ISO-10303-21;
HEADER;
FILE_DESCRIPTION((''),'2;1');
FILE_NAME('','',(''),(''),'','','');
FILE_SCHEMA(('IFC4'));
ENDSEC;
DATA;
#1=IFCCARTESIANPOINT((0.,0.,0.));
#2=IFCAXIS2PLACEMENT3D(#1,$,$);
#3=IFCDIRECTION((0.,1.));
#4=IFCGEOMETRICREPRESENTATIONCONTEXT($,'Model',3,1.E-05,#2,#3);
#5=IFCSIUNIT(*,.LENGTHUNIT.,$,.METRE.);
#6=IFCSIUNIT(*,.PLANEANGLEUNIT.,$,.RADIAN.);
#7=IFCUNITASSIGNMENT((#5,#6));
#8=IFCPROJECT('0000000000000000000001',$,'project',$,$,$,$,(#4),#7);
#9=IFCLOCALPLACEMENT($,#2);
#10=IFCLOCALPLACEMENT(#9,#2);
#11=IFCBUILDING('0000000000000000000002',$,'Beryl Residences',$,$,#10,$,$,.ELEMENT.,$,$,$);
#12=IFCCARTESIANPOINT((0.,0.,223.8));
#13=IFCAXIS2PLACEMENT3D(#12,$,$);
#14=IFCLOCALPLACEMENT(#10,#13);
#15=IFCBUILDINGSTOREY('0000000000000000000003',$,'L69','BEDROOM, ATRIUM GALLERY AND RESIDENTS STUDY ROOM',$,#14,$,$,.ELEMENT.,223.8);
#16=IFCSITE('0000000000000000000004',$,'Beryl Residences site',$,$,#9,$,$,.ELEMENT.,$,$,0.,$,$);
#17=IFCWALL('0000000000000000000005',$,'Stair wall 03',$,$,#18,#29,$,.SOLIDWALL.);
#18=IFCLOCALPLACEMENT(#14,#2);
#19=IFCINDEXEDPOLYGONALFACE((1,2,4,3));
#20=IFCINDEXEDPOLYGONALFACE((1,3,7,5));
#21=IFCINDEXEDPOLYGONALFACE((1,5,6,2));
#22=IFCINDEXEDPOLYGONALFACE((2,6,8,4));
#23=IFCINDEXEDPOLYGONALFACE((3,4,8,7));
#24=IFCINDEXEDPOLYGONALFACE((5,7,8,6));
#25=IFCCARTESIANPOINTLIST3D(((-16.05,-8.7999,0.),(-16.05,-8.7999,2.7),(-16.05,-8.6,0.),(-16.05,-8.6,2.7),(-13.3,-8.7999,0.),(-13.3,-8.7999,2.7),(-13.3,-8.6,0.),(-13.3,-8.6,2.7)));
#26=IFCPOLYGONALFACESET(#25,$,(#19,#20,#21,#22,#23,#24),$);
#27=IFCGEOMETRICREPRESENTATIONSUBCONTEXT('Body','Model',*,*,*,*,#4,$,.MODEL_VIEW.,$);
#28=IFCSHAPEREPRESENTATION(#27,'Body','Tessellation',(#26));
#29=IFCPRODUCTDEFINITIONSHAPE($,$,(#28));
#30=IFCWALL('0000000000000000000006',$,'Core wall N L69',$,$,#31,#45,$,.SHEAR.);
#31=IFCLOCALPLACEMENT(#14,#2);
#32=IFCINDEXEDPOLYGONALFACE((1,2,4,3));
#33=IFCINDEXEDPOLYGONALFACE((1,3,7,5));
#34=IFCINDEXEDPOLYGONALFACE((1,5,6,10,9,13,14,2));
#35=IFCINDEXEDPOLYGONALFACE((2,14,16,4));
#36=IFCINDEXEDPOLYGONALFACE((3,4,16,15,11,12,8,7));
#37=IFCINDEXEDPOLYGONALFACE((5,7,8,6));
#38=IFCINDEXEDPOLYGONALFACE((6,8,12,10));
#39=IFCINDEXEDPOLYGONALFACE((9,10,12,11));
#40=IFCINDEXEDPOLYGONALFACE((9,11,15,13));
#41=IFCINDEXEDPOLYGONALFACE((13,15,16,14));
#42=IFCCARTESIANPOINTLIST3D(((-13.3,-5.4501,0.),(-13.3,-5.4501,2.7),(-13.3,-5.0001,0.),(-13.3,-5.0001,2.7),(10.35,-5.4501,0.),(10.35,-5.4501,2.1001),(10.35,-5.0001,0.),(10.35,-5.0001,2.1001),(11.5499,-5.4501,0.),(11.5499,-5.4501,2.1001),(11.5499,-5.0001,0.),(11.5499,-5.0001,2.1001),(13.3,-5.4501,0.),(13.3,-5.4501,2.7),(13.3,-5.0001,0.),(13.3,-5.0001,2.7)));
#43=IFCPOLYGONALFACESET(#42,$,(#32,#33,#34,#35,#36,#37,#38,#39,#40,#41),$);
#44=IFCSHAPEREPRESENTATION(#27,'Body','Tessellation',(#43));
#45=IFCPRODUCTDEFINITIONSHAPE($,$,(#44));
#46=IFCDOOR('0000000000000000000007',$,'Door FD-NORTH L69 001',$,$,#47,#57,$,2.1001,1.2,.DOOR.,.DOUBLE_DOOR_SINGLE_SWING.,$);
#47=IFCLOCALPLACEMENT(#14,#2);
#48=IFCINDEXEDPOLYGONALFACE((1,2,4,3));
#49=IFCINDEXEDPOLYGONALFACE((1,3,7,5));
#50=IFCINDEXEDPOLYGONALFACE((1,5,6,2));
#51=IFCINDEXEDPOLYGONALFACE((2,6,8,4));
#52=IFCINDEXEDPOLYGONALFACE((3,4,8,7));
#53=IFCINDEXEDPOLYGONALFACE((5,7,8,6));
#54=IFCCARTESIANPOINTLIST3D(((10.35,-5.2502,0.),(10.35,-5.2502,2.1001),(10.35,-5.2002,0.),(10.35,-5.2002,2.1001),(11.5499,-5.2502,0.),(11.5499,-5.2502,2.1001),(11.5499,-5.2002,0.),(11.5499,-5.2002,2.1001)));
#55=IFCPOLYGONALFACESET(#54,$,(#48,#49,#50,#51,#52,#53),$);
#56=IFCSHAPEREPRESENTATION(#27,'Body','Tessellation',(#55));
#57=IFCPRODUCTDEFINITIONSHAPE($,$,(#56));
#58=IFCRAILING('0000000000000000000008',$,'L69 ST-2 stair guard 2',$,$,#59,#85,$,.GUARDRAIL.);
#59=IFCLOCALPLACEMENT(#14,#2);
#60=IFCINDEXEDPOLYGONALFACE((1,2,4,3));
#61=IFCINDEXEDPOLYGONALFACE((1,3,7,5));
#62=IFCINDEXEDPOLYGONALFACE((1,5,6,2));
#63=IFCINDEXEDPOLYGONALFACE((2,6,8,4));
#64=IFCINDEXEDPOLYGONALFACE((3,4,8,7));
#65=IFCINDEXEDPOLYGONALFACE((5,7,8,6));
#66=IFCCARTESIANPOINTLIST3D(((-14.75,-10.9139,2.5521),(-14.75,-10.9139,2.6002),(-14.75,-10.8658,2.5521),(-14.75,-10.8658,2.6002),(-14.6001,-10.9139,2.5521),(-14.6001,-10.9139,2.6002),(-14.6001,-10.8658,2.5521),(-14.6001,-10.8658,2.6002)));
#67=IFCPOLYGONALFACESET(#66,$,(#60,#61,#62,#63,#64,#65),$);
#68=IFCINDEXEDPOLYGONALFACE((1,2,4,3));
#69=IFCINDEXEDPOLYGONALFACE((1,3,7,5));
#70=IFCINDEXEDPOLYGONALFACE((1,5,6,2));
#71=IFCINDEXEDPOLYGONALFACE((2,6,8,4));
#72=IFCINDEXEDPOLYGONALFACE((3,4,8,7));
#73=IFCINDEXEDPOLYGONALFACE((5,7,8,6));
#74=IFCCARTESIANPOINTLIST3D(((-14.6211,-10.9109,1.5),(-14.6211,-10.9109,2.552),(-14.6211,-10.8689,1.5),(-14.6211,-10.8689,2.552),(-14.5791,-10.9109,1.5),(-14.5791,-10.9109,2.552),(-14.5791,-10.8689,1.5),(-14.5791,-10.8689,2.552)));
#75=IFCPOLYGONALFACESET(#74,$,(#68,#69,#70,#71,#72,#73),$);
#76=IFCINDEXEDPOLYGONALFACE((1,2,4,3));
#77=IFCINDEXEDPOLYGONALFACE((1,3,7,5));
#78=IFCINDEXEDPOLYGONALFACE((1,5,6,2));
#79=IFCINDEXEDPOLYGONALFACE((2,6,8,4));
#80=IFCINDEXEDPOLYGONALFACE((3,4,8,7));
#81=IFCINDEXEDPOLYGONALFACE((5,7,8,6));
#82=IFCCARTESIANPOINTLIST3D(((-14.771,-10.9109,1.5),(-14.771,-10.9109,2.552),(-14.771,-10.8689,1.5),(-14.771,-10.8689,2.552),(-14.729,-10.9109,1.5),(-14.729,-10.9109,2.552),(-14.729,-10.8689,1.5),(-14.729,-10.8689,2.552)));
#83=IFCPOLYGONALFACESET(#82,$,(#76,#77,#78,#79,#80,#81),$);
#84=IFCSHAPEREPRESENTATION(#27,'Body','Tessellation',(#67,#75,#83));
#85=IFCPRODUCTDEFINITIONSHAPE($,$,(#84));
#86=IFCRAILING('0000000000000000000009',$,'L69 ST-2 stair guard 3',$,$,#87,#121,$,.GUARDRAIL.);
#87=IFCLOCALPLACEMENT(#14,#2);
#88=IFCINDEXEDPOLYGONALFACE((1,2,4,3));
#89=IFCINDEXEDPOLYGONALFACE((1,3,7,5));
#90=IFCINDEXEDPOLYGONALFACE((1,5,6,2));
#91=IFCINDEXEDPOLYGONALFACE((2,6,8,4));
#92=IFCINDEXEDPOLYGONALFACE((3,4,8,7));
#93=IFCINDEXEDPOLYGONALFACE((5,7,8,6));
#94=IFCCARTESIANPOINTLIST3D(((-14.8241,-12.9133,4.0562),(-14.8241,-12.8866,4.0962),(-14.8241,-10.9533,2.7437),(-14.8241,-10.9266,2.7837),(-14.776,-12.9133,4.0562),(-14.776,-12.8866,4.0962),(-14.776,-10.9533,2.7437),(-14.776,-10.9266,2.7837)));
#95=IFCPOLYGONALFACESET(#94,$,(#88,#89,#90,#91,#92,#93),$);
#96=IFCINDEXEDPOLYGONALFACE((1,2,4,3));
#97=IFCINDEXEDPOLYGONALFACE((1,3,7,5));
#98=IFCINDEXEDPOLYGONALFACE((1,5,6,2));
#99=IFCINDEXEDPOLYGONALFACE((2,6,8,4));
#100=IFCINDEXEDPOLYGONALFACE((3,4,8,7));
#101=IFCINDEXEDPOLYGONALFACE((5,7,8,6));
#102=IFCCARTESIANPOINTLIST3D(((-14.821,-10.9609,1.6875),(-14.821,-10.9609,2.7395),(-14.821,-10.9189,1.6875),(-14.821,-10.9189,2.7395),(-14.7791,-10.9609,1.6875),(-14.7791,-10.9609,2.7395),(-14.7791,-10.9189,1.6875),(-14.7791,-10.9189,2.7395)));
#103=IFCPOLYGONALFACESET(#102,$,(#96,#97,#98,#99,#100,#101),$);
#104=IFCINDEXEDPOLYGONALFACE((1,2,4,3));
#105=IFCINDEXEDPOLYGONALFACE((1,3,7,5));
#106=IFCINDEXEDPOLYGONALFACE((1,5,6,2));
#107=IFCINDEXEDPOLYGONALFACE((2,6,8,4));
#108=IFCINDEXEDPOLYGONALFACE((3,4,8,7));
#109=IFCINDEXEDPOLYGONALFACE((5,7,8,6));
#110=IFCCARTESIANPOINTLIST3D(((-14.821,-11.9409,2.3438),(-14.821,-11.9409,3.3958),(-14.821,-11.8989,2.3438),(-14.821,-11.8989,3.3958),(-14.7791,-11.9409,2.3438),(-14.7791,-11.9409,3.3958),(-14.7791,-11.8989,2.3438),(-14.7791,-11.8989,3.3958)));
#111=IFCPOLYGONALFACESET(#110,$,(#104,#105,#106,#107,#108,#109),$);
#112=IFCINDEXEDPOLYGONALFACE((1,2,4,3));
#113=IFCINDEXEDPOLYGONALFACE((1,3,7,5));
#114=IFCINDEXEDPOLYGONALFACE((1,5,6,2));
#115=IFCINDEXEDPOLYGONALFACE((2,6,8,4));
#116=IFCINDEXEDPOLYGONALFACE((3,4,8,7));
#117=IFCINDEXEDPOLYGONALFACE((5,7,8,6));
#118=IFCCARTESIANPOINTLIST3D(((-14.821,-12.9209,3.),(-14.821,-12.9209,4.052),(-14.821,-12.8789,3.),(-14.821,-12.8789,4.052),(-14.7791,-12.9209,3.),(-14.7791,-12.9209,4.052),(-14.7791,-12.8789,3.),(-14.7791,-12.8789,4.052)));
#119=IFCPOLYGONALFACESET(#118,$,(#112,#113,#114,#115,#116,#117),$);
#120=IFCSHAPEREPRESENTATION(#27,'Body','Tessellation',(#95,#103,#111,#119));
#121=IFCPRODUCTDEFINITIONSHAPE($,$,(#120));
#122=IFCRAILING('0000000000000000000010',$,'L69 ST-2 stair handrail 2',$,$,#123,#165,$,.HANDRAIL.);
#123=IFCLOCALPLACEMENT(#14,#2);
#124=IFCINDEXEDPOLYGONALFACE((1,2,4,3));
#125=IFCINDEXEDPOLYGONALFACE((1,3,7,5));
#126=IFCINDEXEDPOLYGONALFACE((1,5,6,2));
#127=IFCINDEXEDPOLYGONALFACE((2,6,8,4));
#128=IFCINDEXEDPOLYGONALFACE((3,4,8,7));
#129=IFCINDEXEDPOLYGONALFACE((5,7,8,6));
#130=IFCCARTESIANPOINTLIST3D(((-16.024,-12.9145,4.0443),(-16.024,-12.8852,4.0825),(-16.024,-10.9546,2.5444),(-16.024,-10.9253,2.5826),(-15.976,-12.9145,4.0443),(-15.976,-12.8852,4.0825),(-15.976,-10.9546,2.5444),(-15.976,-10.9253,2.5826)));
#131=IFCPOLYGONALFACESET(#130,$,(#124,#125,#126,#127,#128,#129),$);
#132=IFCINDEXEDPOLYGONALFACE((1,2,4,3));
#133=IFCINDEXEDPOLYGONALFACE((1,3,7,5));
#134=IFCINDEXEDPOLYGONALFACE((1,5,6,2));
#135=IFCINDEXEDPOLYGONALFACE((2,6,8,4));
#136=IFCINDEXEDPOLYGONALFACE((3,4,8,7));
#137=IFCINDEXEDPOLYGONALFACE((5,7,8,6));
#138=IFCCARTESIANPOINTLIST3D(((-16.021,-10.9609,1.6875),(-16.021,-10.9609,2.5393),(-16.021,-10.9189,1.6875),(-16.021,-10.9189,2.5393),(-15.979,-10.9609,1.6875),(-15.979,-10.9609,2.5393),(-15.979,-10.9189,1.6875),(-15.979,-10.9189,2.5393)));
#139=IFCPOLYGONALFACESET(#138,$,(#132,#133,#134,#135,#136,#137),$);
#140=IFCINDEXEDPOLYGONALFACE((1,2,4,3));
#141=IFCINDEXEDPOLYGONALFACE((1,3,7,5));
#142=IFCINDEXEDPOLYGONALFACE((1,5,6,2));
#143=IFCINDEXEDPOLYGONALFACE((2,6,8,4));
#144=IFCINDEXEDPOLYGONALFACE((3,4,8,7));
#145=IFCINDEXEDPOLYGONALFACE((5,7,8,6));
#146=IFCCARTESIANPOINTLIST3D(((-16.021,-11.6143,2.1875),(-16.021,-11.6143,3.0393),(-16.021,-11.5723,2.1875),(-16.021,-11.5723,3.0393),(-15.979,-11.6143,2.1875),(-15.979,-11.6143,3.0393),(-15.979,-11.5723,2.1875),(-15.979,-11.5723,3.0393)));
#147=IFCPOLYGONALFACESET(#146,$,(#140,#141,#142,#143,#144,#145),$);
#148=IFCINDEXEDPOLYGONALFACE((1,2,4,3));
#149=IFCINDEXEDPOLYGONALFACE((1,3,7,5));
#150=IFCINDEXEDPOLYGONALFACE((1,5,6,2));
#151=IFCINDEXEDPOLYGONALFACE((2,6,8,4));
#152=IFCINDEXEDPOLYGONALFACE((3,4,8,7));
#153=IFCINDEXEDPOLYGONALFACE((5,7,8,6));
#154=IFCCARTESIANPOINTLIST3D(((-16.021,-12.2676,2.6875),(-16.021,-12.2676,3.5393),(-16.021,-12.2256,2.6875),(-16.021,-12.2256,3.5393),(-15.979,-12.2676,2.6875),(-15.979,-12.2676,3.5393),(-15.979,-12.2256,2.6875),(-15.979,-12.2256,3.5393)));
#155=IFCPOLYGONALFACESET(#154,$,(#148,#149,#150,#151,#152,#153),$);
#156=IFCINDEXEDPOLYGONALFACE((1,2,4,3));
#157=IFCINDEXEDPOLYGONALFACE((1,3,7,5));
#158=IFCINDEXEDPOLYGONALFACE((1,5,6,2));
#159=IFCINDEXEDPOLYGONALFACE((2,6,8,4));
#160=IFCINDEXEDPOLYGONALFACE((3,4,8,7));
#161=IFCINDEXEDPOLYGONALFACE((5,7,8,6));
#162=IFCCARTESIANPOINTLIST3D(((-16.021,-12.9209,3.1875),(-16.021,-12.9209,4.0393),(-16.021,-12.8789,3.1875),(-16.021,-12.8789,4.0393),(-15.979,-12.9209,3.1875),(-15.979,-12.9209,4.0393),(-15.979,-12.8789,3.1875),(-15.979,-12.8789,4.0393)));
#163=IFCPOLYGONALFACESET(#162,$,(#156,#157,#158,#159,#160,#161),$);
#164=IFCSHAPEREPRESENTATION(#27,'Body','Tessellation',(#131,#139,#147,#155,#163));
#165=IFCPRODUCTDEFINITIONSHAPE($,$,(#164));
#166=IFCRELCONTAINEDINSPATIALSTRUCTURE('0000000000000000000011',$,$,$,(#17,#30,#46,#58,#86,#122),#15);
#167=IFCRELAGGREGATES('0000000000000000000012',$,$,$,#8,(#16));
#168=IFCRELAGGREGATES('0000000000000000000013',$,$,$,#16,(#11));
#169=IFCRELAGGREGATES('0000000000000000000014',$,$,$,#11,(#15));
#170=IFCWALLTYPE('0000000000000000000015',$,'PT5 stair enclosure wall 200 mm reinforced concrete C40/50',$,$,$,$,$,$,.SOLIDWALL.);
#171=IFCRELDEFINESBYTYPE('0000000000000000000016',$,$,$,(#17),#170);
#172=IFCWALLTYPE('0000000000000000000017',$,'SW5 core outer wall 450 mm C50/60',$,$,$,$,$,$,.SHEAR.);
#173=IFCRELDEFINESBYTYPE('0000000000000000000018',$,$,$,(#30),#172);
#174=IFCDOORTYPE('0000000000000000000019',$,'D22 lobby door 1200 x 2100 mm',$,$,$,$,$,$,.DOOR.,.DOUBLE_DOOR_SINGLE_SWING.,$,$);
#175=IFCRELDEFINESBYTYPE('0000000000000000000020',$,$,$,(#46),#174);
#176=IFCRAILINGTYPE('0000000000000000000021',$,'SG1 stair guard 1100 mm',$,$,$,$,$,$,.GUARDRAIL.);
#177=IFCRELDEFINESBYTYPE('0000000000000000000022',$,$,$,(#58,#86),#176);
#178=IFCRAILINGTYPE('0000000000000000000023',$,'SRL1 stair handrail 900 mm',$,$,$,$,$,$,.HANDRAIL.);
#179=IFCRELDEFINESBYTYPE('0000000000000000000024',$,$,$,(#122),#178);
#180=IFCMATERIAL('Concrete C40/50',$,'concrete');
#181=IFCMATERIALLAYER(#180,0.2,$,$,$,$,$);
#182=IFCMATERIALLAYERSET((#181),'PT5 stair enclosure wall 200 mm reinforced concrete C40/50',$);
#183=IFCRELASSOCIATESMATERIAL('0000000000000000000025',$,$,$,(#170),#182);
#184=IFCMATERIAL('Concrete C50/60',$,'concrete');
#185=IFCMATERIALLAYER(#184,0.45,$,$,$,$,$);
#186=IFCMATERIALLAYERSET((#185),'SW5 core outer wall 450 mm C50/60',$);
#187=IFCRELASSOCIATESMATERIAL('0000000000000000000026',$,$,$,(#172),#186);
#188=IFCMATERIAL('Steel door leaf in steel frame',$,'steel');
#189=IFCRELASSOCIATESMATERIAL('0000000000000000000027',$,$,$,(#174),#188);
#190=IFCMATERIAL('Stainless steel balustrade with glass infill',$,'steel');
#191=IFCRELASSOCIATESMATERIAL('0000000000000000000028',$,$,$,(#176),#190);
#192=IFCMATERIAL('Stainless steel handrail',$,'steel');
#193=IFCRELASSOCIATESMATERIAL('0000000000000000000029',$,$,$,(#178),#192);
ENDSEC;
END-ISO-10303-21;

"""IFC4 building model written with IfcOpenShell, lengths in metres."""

from ifc_helpers import new_model, si_unit, direction, frame, frame_2d, origin, origin_2d, place, context, subcontext, project, spatial, rectangle, extrude, material, layer, layer_set, type_object, element, fill, save


model = new_model("IFC4")

# Units and contexts
model_context = context("Model", 3, precision=1e-05, world=origin(), true_north=direction((0.0, 1.0)))
body_context = subcontext(model_context, "Body", "Model", "MODEL_VIEW")
ifc_project = project(units=[si_unit("LENGTHUNIT", "METRE"), si_unit("PLANEANGLEUNIT", "RADIAN")], contexts=[model_context])

# Site, building, storey
site_placement = place(None, origin())
site = spatial("IfcSite", under=ifc_project, at=site_placement, Name="Beryl Residences site", CompositionType="ELEMENT", RefElevation=0.0)
building_placement = place(site_placement, origin())
building = spatial("IfcBuilding", under=site, at=building_placement, Name="Beryl Residences", CompositionType="ELEMENT")
storey_placement = place(building_placement, frame((0.0, 0.0, 223.8)))
storey = spatial("IfcBuildingStorey", under=building, at=storey_placement, Name="L69", Description="BEDROOM, ATRIUM GALLERY AND RESIDENTS STUDY ROOM", CompositionType="ELEMENT", Elevation=223.8)

# Wall
ifc_material_1 = material(Name="Concrete C40/50", Category="concrete")
ifc_layer_1 = layer(ifc_material_1, 0.2)
ifc_layer_set_1 = layer_set([ifc_layer_1], Name="PT5 stair enclosure wall 200 mm reinforced concrete C40/50")
wall_type_1 = type_object("IfcWallType", Name="PT5 stair enclosure wall 200 mm reinforced concrete C40/50", PredefinedType="SOLIDWALL", material=ifc_layer_set_1)
wall_1_placement = place(storey_placement, frame((-16.05, -8.7, 0.0), z_axis=(0.0, 0.0, 1.0), x_axis=(1.0, 0.0, 0.0)))
element("IfcWall", 1, at=wall_1_placement, inside=storey, type_object=wall_type_1, Name="Stair wall 03", PredefinedType="SOLIDWALL", context=body_context, shape_type="SweptSolid", body=[
    extrude(rectangle(XDim=2.75, YDim=0.2, at=frame_2d((1.375, 0.0))), origin(), (0.0, 0.0, 1.0), 2.7),
])

# Wall, opening, door
ifc_material_2 = material(Name="Concrete C50/60", Category="concrete")
ifc_layer_2 = layer(ifc_material_2, 0.45)
ifc_layer_set_2 = layer_set([ifc_layer_2], Name="SW5 core outer wall 450 mm C50/60")
wall_type_2 = type_object("IfcWallType", Name="SW5 core outer wall 450 mm C50/60", PredefinedType="SHEAR", material=ifc_layer_set_2)
wall_2_placement = place(storey_placement, frame((-13.3, -5.2251, 0.0), z_axis=(0.0, 0.0, 1.0), x_axis=(1.0, 0.0, 0.0)))
wall_2 = element("IfcWall", 2, at=wall_2_placement, inside=storey, type_object=wall_type_2, Name="Core wall N L69", PredefinedType="SHEAR", context=body_context, shape_type="SweptSolid", body=[
    extrude(rectangle(XDim=26.6001, YDim=0.45, at=frame_2d((13.3, 0.0))), origin(), (0.0, 0.0, 1.0), 2.7),
])
opening_1_placement = place(wall_2_placement, frame((23.6499, 0.0, 0.0)))
opening_1 = element("IfcOpeningElement", 3, at=opening_1_placement, cuts=wall_2, PredefinedType="OPENING", context=body_context, shape_type="SweptSolid", body=[
    extrude(rectangle(XDim=1.2, YDim=2.1001, at=frame_2d((0.6001, 1.05))), frame((0.0, 0.2349, 0.0), z_axis=(0.0, -1.0, 0.0), x_axis=(1.0, 0.0, 0.0)), (0.0, 0.0, 1.0), 0.47),
])
ifc_material_3 = material(Name="Steel door leaf in steel frame", Category="steel")
door_type_1 = type_object("IfcDoorType", Name="D22 lobby door 1200 x 2100 mm", OperationType="DOUBLE_DOOR_SINGLE_SWING", PredefinedType="DOOR", material=ifc_material_3)
door_1_placement = place(opening_1_placement, origin())
door_1 = element("IfcDoor", 4, at=door_1_placement, inside=storey, type_object=door_type_1, Name="Door FD-NORTH L69 001", OperationType="DOUBLE_DOOR_SINGLE_SWING", OverallHeight=2.1001, OverallWidth=1.2, PredefinedType="DOOR", context=body_context, shape_type="SweptSolid", body=[
    extrude(rectangle(XDim=1.2, YDim=2.1001, at=frame_2d((0.6001, 1.05))), frame((0.0, 0.0249, 0.0), z_axis=(0.0, -1.0, 0.0), x_axis=(1.0, 0.0, 0.0)), (0.0, 0.0, 1.0), 0.05),
])
fill(opening_1, door_1)

# Railings
ifc_material_4 = material(Name="Stainless steel balustrade with glass infill", Category="steel")
railing_type_1 = type_object("IfcRailingType", Name="SG1 stair guard 1100 mm", PredefinedType="GUARDRAIL", material=ifc_material_4)
railing_1_placement = place(storey_placement, frame((-14.6001, -10.8899, 1.5)))
element("IfcRailing", 5, at=railing_1_placement, inside=storey, type_object=railing_type_1, Name="L69 ST-2 stair guard 2", PredefinedType="GUARDRAIL", context=body_context, shape_type="SweptSolid", body=[
    extrude(rectangle(XDim=0.0481, YDim=0.0481, at=origin_2d()), frame((0.0, 0.0, 1.0762), z_axis=(-1.0, 0.0, 0.0), x_axis=(0.0, -1.0, 0.0)), (0.0, 0.0, 1.0), 0.1499),
    extrude(rectangle(XDim=0.042, YDim=0.042, at=origin_2d()), origin(), (0.0, 0.0, 1.0), 1.052),
    extrude(rectangle(XDim=0.042, YDim=0.042, at=origin_2d()), frame((-0.1499, 0.0, 0.0)), (0.0, 0.0, 1.0), 1.052),
])
railing_2_placement = place(storey_placement, frame((-14.8, -10.9399, 1.6875)))
element("IfcRailing", 6, at=railing_2_placement, inside=storey, type_object=railing_type_1, Name="L69 ST-2 stair guard 3", PredefinedType="GUARDRAIL", context=body_context, shape_type="SweptSolid", body=[
    extrude(rectangle(XDim=0.0481, YDim=0.0481, at=origin_2d()), frame((0.0, 0.0, 1.0762), z_axis=(0.0, -0.830902, 0.556419), x_axis=(1.0, 0.0, 0.0)), (0.0, 0.0, 1.0), 2.3589),
    extrude(rectangle(XDim=0.042, YDim=0.042, at=origin_2d()), origin(), (0.0, 0.0, 1.0), 1.052),
    extrude(rectangle(XDim=0.042, YDim=0.042, at=origin_2d()), frame((0.0, -0.98, 0.6562)), (0.0, 0.0, 1.0), 1.052),
    extrude(rectangle(XDim=0.042, YDim=0.042, at=origin_2d()), frame((0.0, -1.96, 1.3125)), (0.0, 0.0, 1.0), 1.052),
])
ifc_material_5 = material(Name="Stainless steel handrail", Category="steel")
railing_type_2 = type_object("IfcRailingType", Name="SRL1 stair handrail 900 mm", PredefinedType="HANDRAIL", material=ifc_material_5)
railing_3_placement = place(storey_placement, frame((-16.0, -10.9399, 1.6875)))
element("IfcRailing", 7, at=railing_3_placement, inside=storey, type_object=railing_type_2, Name="L69 ST-2 stair handrail 2", PredefinedType="HANDRAIL", context=body_context, shape_type="SweptSolid", body=[
    extrude(rectangle(XDim=0.0481, YDim=0.0481, at=origin_2d()), frame((0.0, 0.0, 0.876), z_axis=(0.0, -0.794122, 0.607758), x_axis=(1.0, 0.0, 0.0)), (0.0, 0.0, 1.0), 2.468),
    extrude(rectangle(XDim=0.042, YDim=0.042, at=origin_2d()), origin(), (0.0, 0.0, 1.0), 0.8518),
    extrude(rectangle(XDim=0.042, YDim=0.042, at=origin_2d()), frame((0.0, -0.6533, 0.5)), (0.0, 0.0, 1.0), 0.8518),
    extrude(rectangle(XDim=0.042, YDim=0.042, at=origin_2d()), frame((0.0, -1.3066, 1.0)), (0.0, 0.0, 1.0), 0.8518),
    extrude(rectangle(XDim=0.042, YDim=0.042, at=origin_2d()), frame((0.0, -1.96, 1.5)), (0.0, 0.0, 1.0), 0.8518),
])

save(model, "model.ifc")
